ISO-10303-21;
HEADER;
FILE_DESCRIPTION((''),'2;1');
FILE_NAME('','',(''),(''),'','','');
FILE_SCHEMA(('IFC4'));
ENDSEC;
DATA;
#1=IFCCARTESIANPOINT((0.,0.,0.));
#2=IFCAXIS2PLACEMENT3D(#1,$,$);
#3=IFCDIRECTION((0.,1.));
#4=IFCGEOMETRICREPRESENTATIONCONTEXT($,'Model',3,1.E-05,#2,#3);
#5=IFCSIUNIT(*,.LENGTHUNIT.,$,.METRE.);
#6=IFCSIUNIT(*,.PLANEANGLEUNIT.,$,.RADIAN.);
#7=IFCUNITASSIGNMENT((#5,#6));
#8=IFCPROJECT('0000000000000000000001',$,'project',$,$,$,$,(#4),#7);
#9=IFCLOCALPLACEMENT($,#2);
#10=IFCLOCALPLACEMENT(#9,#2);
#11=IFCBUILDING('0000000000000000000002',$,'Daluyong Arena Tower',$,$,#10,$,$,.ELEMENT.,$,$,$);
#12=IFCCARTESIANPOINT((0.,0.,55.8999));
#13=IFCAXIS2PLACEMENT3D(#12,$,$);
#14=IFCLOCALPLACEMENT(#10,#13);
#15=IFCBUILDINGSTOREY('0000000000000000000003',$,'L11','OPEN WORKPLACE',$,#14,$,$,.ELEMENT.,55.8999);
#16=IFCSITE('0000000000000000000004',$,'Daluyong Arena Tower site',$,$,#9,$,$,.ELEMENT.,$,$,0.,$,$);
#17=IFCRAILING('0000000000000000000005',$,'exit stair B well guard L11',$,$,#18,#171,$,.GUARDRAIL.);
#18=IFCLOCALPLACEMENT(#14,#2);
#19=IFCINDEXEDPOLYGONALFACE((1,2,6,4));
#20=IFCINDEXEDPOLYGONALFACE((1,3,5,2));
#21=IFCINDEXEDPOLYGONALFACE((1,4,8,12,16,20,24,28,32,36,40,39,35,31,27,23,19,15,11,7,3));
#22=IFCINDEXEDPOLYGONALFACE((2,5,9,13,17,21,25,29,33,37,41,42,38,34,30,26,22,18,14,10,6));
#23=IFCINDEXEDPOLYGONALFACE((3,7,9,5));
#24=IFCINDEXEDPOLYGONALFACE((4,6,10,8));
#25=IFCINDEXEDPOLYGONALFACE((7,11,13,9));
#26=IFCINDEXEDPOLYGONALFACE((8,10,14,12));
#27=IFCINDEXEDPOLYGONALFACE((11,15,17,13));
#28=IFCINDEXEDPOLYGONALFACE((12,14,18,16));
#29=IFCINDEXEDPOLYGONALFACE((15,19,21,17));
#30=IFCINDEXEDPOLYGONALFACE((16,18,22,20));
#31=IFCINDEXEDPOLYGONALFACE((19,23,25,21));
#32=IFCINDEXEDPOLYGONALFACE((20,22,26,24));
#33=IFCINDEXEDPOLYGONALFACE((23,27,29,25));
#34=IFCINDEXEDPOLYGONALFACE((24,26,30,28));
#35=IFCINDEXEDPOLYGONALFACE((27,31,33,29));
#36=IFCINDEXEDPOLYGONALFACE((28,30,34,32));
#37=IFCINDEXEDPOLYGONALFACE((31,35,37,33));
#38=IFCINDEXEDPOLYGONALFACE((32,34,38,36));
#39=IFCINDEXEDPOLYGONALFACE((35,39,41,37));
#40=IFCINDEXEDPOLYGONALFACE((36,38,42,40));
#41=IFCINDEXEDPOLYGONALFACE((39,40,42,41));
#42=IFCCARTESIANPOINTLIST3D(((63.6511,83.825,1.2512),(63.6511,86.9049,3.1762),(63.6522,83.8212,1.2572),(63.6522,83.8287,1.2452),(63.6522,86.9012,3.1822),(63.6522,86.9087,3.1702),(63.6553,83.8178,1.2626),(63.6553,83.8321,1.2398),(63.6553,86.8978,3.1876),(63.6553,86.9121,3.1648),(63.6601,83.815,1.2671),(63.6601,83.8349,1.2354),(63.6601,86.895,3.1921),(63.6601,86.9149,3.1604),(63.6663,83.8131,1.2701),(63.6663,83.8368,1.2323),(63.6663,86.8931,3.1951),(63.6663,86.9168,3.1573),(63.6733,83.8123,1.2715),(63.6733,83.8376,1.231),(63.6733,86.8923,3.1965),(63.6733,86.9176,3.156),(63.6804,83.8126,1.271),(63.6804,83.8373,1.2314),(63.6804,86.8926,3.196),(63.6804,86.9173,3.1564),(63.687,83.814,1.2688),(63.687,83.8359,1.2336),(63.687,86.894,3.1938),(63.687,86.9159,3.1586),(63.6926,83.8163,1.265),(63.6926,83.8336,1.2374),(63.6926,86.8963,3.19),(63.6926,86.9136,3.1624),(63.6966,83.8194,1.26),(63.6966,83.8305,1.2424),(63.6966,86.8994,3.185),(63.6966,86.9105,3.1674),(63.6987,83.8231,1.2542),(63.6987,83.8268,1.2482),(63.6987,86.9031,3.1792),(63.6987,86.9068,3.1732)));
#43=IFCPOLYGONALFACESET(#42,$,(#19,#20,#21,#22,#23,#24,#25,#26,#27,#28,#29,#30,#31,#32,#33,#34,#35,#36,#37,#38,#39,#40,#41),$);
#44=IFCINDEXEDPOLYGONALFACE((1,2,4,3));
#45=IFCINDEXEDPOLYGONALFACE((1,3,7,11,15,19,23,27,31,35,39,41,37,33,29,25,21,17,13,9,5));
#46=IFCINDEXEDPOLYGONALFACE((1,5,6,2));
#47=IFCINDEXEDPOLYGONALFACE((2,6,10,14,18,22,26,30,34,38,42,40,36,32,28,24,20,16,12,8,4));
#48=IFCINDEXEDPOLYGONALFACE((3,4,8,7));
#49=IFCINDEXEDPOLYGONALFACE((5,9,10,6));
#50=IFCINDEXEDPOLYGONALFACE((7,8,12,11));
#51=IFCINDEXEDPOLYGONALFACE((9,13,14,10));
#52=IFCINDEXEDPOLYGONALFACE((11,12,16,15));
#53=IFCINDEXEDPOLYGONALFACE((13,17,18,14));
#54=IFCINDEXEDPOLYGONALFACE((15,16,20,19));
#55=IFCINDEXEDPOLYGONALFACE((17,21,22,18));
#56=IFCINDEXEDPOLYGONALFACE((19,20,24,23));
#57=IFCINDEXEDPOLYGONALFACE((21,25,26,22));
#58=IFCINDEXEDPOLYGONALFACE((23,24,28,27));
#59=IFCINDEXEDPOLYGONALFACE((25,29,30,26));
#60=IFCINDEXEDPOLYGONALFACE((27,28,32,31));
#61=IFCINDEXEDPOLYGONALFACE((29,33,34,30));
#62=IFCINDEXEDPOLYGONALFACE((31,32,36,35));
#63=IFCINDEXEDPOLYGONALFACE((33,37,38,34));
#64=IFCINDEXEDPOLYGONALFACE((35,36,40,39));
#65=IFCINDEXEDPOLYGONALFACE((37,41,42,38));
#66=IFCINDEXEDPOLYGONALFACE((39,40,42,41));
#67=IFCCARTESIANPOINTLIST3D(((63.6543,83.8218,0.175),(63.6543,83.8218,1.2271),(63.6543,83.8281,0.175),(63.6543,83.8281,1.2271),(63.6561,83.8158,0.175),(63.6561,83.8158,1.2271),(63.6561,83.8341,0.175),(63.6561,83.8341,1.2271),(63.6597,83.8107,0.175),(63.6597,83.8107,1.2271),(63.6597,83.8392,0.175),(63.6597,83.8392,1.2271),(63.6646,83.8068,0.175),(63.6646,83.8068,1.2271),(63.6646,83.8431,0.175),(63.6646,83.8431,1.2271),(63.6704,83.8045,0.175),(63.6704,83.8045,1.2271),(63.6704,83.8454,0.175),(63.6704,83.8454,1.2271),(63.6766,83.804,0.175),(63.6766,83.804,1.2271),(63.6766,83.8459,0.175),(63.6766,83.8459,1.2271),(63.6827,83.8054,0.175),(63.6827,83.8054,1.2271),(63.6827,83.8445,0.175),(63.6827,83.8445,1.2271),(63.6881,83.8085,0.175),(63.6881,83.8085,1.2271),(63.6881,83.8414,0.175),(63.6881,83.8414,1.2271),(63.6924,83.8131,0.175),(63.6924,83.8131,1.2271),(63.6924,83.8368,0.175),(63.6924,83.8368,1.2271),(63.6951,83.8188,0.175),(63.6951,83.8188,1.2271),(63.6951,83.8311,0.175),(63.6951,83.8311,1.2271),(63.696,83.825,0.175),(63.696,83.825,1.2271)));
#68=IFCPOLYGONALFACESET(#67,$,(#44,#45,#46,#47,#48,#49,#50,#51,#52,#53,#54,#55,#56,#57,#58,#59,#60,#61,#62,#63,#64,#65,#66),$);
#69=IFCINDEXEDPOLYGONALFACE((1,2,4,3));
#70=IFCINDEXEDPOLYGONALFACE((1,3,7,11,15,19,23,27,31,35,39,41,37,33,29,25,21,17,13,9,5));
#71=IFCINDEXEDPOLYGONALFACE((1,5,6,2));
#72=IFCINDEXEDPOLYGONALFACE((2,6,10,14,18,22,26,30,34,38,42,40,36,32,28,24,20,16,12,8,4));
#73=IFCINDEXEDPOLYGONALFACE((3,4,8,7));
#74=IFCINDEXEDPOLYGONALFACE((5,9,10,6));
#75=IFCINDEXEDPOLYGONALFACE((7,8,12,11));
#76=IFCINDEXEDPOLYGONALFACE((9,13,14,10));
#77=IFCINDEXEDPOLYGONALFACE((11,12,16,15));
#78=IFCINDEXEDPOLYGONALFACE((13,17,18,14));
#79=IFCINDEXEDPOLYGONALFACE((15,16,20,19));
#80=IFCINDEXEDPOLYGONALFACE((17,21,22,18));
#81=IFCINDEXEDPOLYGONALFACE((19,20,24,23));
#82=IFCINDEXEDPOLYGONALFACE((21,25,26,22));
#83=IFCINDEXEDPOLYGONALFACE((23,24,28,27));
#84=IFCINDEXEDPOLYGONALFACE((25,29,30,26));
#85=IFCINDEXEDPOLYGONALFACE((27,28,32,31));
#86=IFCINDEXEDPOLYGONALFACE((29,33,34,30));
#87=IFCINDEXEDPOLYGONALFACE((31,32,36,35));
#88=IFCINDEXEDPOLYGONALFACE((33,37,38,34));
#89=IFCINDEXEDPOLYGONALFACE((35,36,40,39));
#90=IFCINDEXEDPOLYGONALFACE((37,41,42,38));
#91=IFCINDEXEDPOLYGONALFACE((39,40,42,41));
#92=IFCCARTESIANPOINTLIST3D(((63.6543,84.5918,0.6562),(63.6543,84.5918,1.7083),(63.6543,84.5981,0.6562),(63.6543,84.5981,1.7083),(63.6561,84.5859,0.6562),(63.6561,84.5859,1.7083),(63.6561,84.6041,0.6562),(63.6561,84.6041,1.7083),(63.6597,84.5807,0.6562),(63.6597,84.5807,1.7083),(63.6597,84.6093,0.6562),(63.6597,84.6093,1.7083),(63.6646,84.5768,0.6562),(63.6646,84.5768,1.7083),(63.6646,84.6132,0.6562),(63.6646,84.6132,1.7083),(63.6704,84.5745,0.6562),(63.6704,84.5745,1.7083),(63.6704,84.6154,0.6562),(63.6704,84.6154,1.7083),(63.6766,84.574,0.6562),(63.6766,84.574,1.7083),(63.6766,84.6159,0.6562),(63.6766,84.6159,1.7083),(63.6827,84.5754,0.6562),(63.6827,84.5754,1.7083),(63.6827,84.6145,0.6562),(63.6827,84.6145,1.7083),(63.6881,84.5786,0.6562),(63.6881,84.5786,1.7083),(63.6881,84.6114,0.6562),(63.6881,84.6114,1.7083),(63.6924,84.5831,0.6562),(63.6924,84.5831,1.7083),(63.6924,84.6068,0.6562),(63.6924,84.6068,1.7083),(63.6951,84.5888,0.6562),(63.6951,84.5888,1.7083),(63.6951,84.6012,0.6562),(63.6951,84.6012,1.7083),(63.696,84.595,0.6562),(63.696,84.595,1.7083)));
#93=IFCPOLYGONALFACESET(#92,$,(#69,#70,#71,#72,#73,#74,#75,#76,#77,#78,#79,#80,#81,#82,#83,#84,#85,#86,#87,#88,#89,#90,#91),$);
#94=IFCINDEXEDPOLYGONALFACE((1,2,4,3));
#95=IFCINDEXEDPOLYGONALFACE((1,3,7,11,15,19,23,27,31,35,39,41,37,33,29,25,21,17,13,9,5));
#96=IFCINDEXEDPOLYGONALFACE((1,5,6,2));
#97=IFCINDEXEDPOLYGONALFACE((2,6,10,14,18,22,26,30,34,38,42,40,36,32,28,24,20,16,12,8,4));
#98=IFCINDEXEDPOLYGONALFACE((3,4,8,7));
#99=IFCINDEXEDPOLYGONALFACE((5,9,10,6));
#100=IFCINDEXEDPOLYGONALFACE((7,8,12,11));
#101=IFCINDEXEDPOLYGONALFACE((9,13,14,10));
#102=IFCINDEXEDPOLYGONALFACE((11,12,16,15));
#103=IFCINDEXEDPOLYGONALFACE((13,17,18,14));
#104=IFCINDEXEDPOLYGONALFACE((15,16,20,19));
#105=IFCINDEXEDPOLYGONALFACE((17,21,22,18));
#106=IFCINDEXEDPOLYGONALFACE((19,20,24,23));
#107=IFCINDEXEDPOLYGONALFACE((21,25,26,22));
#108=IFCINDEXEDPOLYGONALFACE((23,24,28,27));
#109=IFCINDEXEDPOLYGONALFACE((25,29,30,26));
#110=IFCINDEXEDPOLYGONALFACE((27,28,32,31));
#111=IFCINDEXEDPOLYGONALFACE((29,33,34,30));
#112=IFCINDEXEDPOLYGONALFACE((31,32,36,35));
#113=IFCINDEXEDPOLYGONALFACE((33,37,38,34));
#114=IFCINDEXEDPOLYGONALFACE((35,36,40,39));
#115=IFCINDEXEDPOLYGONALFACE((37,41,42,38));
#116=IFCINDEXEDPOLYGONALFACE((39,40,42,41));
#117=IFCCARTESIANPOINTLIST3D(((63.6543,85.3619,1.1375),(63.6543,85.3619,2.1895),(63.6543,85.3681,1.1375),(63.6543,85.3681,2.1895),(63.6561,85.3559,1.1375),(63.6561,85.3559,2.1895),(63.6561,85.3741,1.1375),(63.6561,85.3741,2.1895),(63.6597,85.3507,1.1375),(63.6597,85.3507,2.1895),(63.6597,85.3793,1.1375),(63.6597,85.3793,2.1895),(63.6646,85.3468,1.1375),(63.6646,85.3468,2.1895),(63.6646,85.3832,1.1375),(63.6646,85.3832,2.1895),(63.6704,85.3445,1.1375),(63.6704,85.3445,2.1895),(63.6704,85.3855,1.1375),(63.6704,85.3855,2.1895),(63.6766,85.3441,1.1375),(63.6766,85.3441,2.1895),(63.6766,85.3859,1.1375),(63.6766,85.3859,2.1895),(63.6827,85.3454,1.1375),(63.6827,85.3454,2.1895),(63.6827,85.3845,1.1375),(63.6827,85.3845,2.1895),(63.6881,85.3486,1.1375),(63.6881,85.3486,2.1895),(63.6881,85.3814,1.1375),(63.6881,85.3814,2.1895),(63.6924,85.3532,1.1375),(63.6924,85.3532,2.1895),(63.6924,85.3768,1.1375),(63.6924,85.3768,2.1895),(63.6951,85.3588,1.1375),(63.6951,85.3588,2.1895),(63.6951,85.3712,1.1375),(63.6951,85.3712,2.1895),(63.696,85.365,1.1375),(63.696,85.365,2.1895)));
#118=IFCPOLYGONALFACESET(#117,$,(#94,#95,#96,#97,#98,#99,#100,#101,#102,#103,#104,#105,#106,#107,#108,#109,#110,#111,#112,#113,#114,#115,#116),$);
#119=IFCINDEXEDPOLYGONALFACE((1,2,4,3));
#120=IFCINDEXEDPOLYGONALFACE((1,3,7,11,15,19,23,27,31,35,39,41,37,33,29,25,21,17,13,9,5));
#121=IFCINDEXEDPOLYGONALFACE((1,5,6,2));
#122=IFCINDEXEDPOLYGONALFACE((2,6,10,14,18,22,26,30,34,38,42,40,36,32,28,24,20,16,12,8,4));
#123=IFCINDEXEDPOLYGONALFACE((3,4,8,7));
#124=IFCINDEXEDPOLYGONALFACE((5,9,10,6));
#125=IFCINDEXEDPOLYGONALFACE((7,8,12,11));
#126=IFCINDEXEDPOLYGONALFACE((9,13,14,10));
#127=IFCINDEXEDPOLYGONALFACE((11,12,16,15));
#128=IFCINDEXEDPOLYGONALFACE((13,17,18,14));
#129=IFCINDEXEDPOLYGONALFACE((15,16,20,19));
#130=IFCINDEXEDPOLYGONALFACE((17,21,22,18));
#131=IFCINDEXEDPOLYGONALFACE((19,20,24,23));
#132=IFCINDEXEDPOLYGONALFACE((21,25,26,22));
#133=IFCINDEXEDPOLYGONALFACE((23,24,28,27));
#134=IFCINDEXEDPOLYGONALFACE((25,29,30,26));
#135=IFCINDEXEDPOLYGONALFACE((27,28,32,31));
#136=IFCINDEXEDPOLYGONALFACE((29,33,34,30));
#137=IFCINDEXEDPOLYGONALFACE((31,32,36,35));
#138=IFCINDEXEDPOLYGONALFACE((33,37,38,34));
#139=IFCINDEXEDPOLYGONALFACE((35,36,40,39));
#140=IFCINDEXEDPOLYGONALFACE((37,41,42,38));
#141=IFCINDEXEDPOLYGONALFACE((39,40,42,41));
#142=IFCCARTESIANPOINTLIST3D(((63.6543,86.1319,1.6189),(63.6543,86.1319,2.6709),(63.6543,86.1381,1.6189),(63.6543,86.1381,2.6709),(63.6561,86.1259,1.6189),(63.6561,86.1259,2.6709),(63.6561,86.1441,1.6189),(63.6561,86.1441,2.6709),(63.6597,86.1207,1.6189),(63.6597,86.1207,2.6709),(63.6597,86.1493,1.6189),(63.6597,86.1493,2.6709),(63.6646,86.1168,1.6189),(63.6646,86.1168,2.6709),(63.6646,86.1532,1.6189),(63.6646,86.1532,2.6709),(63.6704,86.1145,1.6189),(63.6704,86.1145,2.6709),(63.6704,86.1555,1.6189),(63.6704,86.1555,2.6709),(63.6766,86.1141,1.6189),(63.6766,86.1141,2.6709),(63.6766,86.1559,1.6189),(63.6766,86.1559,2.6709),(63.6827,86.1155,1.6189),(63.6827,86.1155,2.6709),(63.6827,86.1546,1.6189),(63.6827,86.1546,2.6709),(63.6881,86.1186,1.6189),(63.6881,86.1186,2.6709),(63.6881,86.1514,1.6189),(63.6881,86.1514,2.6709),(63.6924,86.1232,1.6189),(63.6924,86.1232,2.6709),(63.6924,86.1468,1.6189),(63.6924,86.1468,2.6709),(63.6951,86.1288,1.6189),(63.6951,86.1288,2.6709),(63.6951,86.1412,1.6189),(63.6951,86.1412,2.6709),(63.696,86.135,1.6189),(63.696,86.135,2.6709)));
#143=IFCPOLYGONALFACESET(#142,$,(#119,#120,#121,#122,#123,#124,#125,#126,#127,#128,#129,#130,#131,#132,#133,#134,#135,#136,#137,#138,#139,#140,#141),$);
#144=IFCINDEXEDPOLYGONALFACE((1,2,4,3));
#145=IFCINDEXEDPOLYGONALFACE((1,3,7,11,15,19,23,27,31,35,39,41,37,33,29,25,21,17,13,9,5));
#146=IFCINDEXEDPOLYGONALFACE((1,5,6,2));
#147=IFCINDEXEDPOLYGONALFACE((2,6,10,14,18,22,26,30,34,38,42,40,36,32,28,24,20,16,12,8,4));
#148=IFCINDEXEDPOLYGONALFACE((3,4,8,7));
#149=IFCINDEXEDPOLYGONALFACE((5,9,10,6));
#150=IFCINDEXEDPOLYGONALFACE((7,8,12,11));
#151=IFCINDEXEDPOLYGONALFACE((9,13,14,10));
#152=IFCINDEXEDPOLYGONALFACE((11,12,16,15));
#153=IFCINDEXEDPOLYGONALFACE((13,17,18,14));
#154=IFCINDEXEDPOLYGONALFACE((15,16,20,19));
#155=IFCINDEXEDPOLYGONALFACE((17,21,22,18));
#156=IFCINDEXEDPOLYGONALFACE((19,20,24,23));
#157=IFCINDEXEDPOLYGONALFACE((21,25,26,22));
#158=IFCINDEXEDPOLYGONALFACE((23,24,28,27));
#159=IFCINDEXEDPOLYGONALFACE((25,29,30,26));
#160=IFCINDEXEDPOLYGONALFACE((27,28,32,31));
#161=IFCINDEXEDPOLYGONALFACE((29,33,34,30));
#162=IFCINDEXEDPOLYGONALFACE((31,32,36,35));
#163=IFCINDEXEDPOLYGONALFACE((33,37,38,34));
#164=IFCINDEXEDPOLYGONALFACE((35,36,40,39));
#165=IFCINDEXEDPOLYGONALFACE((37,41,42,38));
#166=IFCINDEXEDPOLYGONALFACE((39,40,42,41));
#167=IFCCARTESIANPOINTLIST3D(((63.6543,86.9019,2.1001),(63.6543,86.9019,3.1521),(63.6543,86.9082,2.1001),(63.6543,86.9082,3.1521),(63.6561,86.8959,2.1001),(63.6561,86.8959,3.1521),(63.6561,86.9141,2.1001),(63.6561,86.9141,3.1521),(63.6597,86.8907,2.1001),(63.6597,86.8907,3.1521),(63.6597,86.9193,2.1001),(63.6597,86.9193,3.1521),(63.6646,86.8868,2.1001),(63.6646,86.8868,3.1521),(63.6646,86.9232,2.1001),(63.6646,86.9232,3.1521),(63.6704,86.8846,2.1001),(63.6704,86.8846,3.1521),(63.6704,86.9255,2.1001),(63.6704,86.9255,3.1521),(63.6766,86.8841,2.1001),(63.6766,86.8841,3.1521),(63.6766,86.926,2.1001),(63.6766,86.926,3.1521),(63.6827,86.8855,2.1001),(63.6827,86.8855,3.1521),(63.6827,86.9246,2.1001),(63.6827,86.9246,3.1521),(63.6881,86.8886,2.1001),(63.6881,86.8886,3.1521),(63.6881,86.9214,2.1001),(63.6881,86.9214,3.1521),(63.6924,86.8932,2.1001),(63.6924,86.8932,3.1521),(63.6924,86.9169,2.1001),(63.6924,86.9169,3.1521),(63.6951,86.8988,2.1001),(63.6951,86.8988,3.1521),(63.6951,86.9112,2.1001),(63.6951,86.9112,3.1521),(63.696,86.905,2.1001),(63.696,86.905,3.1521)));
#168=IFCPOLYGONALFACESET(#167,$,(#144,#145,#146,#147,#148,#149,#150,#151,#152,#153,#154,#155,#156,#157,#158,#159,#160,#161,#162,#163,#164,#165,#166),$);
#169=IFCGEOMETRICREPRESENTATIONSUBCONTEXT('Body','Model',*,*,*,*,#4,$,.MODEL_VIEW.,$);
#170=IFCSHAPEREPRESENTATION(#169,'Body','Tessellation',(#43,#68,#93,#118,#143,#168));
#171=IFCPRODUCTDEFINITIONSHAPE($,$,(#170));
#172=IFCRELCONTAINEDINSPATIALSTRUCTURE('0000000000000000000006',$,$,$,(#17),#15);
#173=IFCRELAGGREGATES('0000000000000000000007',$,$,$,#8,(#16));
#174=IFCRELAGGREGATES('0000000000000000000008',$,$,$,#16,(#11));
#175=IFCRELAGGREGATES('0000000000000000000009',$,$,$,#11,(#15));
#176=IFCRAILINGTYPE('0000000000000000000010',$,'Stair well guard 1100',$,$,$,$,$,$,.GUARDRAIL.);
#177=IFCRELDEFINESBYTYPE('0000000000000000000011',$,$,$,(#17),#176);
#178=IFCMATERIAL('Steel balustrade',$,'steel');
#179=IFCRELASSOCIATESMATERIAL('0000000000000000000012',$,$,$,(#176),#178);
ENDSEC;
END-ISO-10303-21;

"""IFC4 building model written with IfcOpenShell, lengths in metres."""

from ifc_helpers import new_model, si_unit, direction, frame, origin, origin_2d, place, context, subcontext, project, spatial, circle, extrude, material, type_object, element, save


model = new_model("IFC4")

# Units and contexts
model_context = context("Model", 3, precision=1e-05, world=origin(), true_north=direction((0.0, 1.0)))
body_context = subcontext(model_context, "Body", "Model", "MODEL_VIEW")
ifc_project = project(units=[si_unit("LENGTHUNIT", "METRE"), si_unit("PLANEANGLEUNIT", "RADIAN")], contexts=[model_context])

# Site, building, storey
site_placement = place(None, origin())
site = spatial("IfcSite", under=ifc_project, at=site_placement, Name="Daluyong Arena Tower site", CompositionType="ELEMENT", RefElevation=0.0)
building_placement = place(site_placement, origin())
building = spatial("IfcBuilding", under=site, at=building_placement, Name="Daluyong Arena Tower", CompositionType="ELEMENT")
storey_placement = place(building_placement, frame((0.0, 0.0, 55.8999)))
storey = spatial("IfcBuildingStorey", under=building, at=storey_placement, Name="L11", Description="OPEN WORKPLACE", CompositionType="ELEMENT", Elevation=55.8999)

# Railing
ifc_material_1 = material(Name="Steel balustrade", Category="steel")
railing_type_1 = type_object("IfcRailingType", Name="Stair well guard 1100", PredefinedType="GUARDRAIL", material=ifc_material_1)
railing_1_placement = place(storey_placement, frame((63.675, 83.825, 0.175)))
element("IfcRailing", 1, at=railing_1_placement, inside=storey, type_object=railing_type_1, Name="exit stair B well guard L11", PredefinedType="GUARDRAIL", context=body_context, shape_type="SweptSolid", body=[
    extrude(circle(Radius=0.0239, at=origin_2d()), frame((0.0, 0.0, 1.0762), z_axis=(0.0, 0.847998, 0.529999), x_axis=(-1.0, 0.0, 0.0)), (0.0, 0.0, 1.0), 3.6321),
    extrude(circle(Radius=0.021, at=origin_2d()), origin(), (0.0, 0.0, 1.0), 1.052),
    extrude(circle(Radius=0.021, at=origin_2d()), frame((0.0, 0.77, 0.4812)), (0.0, 0.0, 1.0), 1.052),
    extrude(circle(Radius=0.021, at=origin_2d()), frame((0.0, 1.54, 0.9624)), (0.0, 0.0, 1.0), 1.052),
    extrude(circle(Radius=0.021, at=origin_2d()), frame((0.0, 2.3101, 1.4438)), (0.0, 0.0, 1.0), 1.052),
    extrude(circle(Radius=0.021, at=origin_2d()), frame((0.0, 3.0801, 1.925)), (0.0, 0.0, 1.0), 1.052),
])

save(model, "model.ifc")
